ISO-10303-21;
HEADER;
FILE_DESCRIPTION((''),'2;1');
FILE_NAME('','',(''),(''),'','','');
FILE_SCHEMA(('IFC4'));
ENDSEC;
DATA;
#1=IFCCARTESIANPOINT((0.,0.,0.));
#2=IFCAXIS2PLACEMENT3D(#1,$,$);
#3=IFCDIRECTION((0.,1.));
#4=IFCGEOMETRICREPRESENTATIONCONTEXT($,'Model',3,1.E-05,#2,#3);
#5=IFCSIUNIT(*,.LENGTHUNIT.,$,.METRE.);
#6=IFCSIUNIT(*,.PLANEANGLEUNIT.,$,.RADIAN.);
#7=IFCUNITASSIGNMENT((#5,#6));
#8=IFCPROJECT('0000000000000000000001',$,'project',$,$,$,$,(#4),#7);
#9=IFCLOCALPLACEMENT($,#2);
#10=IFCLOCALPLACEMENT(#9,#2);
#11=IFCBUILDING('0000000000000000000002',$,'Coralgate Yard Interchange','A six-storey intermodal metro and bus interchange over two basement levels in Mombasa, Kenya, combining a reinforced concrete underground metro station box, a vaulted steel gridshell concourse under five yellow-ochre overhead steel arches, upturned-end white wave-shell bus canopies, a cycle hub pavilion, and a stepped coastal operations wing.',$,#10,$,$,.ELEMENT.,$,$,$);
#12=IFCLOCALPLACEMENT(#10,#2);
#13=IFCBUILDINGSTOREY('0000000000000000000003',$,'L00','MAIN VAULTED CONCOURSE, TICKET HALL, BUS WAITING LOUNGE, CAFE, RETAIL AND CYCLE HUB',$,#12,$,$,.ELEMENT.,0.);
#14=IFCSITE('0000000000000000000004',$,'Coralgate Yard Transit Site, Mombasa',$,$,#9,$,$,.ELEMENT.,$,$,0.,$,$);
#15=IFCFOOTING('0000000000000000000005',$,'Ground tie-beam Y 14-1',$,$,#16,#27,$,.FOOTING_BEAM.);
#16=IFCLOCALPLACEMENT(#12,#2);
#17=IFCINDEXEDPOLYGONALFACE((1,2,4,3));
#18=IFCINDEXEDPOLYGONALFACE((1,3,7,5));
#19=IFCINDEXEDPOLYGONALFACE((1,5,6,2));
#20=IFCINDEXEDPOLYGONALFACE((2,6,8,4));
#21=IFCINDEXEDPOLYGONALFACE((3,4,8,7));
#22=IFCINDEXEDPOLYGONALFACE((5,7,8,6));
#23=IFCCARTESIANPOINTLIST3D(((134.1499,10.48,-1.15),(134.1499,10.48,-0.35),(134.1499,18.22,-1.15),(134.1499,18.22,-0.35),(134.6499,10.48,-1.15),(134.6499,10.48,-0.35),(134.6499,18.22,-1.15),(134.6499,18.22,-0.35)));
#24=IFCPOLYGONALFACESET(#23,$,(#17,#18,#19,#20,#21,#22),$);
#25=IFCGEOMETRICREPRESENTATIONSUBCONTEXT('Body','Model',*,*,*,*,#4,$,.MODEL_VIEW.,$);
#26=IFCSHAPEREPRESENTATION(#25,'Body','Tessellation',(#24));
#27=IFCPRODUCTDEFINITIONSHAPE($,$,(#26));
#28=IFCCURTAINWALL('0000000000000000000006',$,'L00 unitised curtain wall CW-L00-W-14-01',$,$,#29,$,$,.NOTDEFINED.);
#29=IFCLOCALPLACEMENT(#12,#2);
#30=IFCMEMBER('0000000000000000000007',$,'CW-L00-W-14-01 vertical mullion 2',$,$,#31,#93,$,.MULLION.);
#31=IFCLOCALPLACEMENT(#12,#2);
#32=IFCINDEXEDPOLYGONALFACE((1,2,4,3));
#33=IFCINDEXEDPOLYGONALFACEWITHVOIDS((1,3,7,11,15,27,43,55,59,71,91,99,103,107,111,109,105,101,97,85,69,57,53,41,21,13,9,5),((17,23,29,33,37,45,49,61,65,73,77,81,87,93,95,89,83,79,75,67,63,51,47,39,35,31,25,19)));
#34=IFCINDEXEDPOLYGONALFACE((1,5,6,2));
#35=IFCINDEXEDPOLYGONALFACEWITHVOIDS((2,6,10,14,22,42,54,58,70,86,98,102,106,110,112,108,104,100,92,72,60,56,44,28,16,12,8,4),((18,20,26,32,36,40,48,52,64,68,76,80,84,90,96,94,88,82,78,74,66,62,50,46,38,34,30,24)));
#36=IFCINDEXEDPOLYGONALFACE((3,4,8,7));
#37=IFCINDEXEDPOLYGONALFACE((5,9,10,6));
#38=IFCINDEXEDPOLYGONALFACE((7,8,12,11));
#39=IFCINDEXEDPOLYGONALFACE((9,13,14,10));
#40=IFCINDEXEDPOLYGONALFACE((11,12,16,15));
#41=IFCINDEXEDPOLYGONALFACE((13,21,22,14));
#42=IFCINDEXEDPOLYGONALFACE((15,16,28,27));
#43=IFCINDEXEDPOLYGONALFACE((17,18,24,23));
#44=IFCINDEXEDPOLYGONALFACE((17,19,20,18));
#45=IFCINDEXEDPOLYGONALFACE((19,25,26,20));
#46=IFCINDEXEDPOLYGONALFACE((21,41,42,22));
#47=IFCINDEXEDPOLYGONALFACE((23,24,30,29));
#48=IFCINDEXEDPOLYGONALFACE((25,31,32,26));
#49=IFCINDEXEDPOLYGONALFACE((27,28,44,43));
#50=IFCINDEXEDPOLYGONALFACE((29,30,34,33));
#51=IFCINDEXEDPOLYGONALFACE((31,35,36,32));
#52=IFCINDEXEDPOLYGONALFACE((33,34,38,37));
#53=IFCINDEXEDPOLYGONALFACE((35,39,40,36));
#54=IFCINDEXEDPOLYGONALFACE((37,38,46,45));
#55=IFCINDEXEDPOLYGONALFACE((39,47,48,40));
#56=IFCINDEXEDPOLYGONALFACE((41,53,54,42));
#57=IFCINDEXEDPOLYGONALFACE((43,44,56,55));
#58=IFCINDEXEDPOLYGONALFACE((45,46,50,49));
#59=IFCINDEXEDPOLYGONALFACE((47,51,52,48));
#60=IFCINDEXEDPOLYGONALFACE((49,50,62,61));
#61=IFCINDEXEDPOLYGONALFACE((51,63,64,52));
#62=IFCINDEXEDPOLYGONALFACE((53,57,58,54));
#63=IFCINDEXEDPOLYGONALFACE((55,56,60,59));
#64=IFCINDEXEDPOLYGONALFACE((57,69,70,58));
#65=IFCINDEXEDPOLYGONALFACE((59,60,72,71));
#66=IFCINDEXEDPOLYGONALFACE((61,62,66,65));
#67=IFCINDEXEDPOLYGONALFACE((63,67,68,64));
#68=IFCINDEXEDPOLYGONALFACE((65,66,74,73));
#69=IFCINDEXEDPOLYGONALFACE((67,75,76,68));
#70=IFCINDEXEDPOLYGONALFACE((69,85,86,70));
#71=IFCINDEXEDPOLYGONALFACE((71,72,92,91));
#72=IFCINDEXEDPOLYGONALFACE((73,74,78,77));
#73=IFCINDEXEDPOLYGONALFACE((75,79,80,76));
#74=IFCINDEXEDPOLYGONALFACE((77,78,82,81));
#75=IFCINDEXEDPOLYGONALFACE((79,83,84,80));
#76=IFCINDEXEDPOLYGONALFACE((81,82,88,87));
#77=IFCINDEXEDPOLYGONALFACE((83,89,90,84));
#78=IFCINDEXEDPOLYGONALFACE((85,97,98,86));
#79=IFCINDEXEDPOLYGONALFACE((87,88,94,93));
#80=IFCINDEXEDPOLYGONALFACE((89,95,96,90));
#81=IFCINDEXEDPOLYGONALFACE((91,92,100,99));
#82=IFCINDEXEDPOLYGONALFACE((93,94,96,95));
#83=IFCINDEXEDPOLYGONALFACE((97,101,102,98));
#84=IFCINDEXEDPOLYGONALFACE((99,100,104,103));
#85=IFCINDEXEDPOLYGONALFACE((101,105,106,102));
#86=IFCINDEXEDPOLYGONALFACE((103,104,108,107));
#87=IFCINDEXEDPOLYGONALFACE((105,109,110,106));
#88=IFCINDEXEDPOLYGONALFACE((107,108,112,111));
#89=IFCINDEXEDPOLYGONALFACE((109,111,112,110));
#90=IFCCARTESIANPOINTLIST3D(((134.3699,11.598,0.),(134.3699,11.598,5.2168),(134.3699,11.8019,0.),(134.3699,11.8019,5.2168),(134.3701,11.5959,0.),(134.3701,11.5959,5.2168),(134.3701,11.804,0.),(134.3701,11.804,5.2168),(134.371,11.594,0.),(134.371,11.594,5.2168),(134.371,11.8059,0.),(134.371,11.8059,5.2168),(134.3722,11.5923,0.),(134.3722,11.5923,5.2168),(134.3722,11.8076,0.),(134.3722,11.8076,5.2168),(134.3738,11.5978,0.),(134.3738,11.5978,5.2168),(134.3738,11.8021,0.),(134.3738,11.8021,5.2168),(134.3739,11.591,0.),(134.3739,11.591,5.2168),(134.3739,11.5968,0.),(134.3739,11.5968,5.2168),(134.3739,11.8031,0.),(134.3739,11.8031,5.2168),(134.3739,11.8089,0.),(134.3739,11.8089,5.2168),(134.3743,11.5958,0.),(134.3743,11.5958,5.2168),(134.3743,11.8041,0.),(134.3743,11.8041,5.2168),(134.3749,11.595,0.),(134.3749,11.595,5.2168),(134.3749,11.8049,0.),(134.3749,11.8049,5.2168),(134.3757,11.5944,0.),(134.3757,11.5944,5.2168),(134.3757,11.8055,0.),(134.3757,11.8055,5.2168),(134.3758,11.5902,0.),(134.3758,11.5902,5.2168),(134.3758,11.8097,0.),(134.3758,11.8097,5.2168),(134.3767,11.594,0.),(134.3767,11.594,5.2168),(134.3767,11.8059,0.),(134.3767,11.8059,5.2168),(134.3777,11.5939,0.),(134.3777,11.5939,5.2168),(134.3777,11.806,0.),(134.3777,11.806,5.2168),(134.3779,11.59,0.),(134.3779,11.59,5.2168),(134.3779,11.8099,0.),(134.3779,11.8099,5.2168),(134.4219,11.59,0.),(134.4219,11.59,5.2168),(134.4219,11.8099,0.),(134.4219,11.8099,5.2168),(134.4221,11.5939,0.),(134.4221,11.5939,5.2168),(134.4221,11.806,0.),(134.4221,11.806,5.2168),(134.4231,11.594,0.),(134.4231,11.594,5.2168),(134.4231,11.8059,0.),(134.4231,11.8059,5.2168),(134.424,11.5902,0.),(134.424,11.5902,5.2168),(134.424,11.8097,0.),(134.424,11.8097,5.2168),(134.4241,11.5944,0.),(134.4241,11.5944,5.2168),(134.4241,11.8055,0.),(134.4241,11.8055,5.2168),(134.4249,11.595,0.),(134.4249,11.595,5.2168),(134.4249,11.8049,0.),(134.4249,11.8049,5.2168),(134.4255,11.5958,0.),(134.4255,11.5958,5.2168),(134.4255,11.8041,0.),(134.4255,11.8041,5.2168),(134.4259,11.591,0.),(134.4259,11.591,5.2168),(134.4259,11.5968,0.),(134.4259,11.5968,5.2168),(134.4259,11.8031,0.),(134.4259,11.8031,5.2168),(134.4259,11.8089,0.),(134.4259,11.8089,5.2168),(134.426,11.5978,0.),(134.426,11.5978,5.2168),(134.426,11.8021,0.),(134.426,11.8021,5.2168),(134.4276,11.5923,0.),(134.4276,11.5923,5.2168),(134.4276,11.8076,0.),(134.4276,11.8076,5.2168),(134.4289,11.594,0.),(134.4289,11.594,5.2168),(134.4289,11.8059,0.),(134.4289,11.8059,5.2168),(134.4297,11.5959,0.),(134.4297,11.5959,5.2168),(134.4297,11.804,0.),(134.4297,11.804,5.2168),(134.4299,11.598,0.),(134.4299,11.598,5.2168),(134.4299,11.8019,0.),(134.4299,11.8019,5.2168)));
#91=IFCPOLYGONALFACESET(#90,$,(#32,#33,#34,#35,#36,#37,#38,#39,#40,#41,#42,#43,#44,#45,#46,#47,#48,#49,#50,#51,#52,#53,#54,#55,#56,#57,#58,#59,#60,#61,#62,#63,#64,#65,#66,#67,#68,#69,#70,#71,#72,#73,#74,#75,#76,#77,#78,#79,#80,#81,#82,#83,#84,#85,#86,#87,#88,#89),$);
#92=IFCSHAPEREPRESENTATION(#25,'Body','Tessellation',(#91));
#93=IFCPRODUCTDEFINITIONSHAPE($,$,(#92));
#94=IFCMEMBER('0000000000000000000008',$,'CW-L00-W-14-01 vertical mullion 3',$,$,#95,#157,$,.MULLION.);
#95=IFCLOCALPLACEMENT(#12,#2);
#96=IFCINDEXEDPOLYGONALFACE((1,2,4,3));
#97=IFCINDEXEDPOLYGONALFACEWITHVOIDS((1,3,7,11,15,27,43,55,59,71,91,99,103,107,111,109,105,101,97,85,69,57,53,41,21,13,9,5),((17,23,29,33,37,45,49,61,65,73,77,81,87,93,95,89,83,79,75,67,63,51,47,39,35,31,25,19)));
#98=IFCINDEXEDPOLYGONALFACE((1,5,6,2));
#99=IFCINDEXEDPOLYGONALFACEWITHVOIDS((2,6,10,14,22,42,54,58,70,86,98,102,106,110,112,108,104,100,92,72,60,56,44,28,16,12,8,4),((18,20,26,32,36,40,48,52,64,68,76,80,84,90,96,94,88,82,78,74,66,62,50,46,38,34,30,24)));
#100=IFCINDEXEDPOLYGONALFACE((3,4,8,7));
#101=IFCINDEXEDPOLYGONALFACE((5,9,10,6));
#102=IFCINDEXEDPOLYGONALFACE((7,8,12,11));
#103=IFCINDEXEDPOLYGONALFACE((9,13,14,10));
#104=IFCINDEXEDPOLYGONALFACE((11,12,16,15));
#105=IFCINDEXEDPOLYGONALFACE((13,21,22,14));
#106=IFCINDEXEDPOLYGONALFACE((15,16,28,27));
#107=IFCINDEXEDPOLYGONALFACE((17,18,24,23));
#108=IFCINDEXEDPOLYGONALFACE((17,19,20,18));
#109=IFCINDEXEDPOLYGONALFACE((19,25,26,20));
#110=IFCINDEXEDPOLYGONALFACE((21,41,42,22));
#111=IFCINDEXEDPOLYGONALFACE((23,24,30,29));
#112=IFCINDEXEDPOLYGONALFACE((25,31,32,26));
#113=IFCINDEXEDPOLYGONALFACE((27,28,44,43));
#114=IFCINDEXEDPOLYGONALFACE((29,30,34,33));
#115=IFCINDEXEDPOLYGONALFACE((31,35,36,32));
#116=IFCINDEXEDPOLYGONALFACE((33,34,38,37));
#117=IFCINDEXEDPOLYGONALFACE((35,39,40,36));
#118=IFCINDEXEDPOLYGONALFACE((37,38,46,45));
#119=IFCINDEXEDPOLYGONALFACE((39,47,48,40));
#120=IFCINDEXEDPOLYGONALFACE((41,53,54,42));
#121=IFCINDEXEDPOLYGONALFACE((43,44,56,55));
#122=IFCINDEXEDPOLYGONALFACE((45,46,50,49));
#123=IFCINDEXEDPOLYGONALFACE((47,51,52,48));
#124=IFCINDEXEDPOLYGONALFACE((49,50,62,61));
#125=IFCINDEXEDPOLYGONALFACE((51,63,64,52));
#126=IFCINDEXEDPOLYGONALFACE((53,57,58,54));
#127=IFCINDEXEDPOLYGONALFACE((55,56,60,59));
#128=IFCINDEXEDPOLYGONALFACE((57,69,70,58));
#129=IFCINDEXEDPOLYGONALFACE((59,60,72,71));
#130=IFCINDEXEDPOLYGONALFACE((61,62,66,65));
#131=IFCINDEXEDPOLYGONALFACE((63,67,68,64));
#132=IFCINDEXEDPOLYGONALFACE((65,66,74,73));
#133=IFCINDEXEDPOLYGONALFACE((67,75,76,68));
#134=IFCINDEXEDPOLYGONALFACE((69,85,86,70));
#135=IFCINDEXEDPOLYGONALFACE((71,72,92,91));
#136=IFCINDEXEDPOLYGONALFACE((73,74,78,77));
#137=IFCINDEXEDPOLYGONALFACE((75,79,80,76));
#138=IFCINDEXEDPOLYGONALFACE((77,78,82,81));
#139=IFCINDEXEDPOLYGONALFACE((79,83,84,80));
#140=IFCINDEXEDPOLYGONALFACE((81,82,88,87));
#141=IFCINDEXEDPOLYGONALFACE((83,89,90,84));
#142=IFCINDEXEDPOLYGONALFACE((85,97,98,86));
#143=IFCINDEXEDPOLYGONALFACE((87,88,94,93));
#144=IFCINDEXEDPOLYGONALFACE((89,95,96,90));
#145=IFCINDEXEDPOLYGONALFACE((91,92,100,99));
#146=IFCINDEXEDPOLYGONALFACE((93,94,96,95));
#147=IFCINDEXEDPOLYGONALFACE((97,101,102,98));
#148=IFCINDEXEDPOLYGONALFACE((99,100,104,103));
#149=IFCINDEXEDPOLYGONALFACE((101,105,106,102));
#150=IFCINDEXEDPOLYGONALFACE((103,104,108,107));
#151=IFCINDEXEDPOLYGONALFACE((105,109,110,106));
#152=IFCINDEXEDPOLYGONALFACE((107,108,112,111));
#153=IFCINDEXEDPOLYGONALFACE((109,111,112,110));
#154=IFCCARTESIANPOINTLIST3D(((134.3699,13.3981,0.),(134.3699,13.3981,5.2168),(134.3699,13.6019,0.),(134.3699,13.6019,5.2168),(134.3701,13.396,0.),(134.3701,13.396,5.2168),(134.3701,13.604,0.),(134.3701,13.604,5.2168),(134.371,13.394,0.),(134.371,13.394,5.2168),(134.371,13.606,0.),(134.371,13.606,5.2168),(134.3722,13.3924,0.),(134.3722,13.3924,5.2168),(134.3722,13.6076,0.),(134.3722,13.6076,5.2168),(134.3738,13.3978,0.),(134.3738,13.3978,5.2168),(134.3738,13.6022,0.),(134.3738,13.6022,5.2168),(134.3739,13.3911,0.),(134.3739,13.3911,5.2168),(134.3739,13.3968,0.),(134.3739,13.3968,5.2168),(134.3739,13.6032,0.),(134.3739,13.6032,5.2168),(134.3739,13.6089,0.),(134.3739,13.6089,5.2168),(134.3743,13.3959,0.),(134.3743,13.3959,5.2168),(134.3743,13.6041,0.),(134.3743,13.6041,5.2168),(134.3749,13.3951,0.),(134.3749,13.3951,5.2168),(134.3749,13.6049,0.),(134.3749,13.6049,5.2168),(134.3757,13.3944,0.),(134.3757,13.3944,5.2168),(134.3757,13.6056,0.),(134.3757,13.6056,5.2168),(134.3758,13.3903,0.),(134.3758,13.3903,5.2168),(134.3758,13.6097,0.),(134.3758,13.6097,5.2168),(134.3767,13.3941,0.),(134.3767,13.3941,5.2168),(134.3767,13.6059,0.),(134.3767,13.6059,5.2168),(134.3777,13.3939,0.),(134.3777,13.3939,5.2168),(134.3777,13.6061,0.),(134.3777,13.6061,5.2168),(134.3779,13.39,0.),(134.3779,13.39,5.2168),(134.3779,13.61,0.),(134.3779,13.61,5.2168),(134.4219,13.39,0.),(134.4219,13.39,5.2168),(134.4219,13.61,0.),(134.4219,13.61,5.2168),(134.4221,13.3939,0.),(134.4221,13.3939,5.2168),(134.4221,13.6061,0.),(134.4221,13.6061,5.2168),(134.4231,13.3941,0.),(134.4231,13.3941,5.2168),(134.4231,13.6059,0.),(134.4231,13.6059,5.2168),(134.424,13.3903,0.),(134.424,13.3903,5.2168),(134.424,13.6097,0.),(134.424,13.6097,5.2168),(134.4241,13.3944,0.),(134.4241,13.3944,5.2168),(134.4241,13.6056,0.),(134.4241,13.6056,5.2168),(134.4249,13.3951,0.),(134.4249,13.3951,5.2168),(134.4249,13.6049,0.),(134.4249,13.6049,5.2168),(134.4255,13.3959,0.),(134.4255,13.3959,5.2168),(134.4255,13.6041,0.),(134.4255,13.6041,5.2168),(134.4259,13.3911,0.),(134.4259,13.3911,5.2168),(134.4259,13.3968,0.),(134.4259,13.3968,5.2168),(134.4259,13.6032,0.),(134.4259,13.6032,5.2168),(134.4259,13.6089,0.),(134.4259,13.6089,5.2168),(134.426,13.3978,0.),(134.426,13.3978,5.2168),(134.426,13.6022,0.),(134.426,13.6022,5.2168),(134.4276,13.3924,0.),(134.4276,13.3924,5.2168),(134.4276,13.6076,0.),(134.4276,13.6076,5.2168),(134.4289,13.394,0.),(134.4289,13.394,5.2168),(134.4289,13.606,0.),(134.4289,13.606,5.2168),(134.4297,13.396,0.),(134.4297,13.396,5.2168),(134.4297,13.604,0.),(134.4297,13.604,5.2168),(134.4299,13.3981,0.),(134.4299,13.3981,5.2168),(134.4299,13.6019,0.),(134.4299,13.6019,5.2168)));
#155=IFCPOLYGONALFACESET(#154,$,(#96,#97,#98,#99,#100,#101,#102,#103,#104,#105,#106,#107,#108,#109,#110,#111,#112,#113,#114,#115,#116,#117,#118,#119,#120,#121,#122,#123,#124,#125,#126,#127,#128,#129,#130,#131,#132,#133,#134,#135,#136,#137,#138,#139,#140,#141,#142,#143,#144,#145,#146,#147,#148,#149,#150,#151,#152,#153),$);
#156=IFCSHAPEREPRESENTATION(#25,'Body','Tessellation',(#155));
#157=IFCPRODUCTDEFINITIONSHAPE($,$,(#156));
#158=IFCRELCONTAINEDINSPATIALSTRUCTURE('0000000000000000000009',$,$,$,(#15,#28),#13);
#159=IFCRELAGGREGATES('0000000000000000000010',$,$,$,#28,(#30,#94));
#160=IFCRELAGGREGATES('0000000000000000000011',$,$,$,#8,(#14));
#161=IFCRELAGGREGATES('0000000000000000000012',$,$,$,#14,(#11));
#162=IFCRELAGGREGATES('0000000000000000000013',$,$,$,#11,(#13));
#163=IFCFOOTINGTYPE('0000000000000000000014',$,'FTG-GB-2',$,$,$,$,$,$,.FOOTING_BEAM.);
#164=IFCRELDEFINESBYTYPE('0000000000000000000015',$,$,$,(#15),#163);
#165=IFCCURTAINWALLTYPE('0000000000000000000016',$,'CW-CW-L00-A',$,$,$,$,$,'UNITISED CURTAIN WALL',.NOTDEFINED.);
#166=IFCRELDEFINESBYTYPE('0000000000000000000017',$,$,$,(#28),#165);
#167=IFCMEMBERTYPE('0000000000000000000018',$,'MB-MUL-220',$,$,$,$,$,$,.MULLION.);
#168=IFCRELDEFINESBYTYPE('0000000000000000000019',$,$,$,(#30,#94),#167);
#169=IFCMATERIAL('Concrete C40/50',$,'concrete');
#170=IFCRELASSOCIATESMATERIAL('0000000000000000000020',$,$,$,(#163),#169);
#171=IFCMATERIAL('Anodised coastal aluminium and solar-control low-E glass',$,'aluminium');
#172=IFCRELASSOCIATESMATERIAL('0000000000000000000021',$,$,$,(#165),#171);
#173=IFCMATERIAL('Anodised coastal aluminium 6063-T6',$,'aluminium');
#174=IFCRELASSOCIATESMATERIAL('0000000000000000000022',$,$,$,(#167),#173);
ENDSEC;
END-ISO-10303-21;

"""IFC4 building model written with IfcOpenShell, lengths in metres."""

from ifc_helpers import new_model, si_unit, direction, frame, origin, origin_2d, place, context, subcontext, project, spatial, rectangle, hollow_rectangle, extrude, material, material_profile, profile_set, type_object, element, aggregate, save


model = new_model("IFC4")

# Units and contexts
model_context = context("Model", 3, precision=1e-05, world=origin(), true_north=direction((0.0, 1.0)))
body_context = subcontext(model_context, "Body", "Model", "MODEL_VIEW")
ifc_project = project(units=[si_unit("LENGTHUNIT", "METRE"), si_unit("PLANEANGLEUNIT", "RADIAN")], contexts=[model_context])

# Site, building, storey
site_placement = place(None, origin())
site = spatial("IfcSite", under=ifc_project, at=site_placement, Name="Coralgate Yard Transit Site, Mombasa", CompositionType="ELEMENT", RefElevation=0.0)
building_placement = place(site_placement, origin())
building = spatial("IfcBuilding", under=site, at=building_placement, Name="Coralgate Yard Interchange", Description="A six-storey intermodal metro and bus interchange over two basement levels in Mombasa, Kenya, combining a reinforced concrete underground metro station box, a vaulted steel gridshell concourse under five yellow-ochre overhead steel arches, upturned-end white wave-shell bus canopies, a cycle hub pavilion, and a stepped coastal operations wing.", CompositionType="ELEMENT")
storey_placement = place(building_placement, origin())
storey = spatial("IfcBuildingStorey", under=building, at=storey_placement, Name="L00", Description="MAIN VAULTED CONCOURSE, TICKET HALL, BUS WAITING LOUNGE, CAFE, RETAIL AND CYCLE HUB", CompositionType="ELEMENT", Elevation=0.0)

# Footing
ifc_material_1 = material(Name="Concrete C40/50", Category="concrete")
ifc_material_profile_1 = material_profile(ifc_material_1, rectangle(XDim=0.5, YDim=0.8, at=origin_2d()), Name="RC 500x800")
ifc_profile_set_1 = profile_set([ifc_material_profile_1], Name="Concrete C40/50")
footing_type = type_object("IfcFootingType", Name="FTG-GB-2", PredefinedType="FOOTING_BEAM", material=ifc_profile_set_1)
footing_placement = place(storey_placement, frame((134.3999, 10.48, -0.75), z_axis=(0.0, 1.0, 0.0), x_axis=(-1.0, 0.0, 0.0)))
element("IfcFooting", 1, at=footing_placement, inside=storey, type_object=footing_type, Name="Ground tie-beam Y 14-1", PredefinedType="FOOTING_BEAM", context=body_context, shape_type="SweptSolid", body=[
    extrude(rectangle(XDim=0.5, YDim=0.8, at=origin_2d()), origin(), (0.0, 0.0, 1.0), 7.74),
])

# Curtain wall, members
ifc_material_2 = material(Name="Anodised coastal aluminium and solar-control low-E glass", Category="aluminium")
curtain_wall_type = type_object("IfcCurtainWallType", Name="CW-CW-L00-A", ElementType="UNITISED CURTAIN WALL", PredefinedType="NOTDEFINED", material=ifc_material_2)
curtain_wall_placement = place(storey_placement, origin())
curtain_wall = element("IfcCurtainWall", 2, at=curtain_wall_placement, inside=storey, type_object=curtain_wall_type, Name="L00 unitised curtain wall CW-L00-W-14-01", PredefinedType="NOTDEFINED")
ifc_material_3 = material(Name="Anodised coastal aluminium 6063-T6", Category="aluminium")
ifc_material_profile_2 = material_profile(ifc_material_3, hollow_rectangle(XDim=0.0601, YDim=0.22, WallThickness=0.0039, InnerFilletRadius=0.0039, OuterFilletRadius=0.0081, at=origin_2d()), Name="ALU 60x220x4")
ifc_profile_set_2 = profile_set([ifc_material_profile_2], Name="Anodised coastal aluminium 6063-T6")
member_type_1 = type_object("IfcMemberType", Name="MB-MUL-220", PredefinedType="MULLION", material=ifc_profile_set_2)
member_1_placement = place(storey_placement, frame((134.3999, 11.7, 0.0), z_axis=(0.0, 0.0, 1.0), x_axis=(1.0, 0.0, 0.0)))
member_1 = element("IfcMember", 3, at=member_1_placement, type_object=member_type_1, Name="CW-L00-W-14-01 vertical mullion 2", PredefinedType="MULLION", context=body_context, shape_type="SweptSolid", body=[
    extrude(hollow_rectangle(XDim=0.0601, YDim=0.22, WallThickness=0.0039, InnerFilletRadius=0.0039, OuterFilletRadius=0.0081, at=origin_2d()), origin(), (0.0, 0.0, 1.0), 5.2168),
])
member_2_placement = place(storey_placement, frame((134.3999, 13.5, 0.0), z_axis=(0.0, 0.0, 1.0), x_axis=(1.0, 0.0, 0.0)))
member_2 = element("IfcMember", 4, at=member_2_placement, type_object=member_type_1, Name="CW-L00-W-14-01 vertical mullion 3", PredefinedType="MULLION", context=body_context, shape_type="SweptSolid", body=[
    extrude(hollow_rectangle(XDim=0.0601, YDim=0.22, WallThickness=0.0039, InnerFilletRadius=0.0039, OuterFilletRadius=0.0081, at=origin_2d()), origin(), (0.0, 0.0, 1.0), 5.2168),
])
aggregate(curtain_wall, [member_1, member_2])

save(model, "model.ifc")
